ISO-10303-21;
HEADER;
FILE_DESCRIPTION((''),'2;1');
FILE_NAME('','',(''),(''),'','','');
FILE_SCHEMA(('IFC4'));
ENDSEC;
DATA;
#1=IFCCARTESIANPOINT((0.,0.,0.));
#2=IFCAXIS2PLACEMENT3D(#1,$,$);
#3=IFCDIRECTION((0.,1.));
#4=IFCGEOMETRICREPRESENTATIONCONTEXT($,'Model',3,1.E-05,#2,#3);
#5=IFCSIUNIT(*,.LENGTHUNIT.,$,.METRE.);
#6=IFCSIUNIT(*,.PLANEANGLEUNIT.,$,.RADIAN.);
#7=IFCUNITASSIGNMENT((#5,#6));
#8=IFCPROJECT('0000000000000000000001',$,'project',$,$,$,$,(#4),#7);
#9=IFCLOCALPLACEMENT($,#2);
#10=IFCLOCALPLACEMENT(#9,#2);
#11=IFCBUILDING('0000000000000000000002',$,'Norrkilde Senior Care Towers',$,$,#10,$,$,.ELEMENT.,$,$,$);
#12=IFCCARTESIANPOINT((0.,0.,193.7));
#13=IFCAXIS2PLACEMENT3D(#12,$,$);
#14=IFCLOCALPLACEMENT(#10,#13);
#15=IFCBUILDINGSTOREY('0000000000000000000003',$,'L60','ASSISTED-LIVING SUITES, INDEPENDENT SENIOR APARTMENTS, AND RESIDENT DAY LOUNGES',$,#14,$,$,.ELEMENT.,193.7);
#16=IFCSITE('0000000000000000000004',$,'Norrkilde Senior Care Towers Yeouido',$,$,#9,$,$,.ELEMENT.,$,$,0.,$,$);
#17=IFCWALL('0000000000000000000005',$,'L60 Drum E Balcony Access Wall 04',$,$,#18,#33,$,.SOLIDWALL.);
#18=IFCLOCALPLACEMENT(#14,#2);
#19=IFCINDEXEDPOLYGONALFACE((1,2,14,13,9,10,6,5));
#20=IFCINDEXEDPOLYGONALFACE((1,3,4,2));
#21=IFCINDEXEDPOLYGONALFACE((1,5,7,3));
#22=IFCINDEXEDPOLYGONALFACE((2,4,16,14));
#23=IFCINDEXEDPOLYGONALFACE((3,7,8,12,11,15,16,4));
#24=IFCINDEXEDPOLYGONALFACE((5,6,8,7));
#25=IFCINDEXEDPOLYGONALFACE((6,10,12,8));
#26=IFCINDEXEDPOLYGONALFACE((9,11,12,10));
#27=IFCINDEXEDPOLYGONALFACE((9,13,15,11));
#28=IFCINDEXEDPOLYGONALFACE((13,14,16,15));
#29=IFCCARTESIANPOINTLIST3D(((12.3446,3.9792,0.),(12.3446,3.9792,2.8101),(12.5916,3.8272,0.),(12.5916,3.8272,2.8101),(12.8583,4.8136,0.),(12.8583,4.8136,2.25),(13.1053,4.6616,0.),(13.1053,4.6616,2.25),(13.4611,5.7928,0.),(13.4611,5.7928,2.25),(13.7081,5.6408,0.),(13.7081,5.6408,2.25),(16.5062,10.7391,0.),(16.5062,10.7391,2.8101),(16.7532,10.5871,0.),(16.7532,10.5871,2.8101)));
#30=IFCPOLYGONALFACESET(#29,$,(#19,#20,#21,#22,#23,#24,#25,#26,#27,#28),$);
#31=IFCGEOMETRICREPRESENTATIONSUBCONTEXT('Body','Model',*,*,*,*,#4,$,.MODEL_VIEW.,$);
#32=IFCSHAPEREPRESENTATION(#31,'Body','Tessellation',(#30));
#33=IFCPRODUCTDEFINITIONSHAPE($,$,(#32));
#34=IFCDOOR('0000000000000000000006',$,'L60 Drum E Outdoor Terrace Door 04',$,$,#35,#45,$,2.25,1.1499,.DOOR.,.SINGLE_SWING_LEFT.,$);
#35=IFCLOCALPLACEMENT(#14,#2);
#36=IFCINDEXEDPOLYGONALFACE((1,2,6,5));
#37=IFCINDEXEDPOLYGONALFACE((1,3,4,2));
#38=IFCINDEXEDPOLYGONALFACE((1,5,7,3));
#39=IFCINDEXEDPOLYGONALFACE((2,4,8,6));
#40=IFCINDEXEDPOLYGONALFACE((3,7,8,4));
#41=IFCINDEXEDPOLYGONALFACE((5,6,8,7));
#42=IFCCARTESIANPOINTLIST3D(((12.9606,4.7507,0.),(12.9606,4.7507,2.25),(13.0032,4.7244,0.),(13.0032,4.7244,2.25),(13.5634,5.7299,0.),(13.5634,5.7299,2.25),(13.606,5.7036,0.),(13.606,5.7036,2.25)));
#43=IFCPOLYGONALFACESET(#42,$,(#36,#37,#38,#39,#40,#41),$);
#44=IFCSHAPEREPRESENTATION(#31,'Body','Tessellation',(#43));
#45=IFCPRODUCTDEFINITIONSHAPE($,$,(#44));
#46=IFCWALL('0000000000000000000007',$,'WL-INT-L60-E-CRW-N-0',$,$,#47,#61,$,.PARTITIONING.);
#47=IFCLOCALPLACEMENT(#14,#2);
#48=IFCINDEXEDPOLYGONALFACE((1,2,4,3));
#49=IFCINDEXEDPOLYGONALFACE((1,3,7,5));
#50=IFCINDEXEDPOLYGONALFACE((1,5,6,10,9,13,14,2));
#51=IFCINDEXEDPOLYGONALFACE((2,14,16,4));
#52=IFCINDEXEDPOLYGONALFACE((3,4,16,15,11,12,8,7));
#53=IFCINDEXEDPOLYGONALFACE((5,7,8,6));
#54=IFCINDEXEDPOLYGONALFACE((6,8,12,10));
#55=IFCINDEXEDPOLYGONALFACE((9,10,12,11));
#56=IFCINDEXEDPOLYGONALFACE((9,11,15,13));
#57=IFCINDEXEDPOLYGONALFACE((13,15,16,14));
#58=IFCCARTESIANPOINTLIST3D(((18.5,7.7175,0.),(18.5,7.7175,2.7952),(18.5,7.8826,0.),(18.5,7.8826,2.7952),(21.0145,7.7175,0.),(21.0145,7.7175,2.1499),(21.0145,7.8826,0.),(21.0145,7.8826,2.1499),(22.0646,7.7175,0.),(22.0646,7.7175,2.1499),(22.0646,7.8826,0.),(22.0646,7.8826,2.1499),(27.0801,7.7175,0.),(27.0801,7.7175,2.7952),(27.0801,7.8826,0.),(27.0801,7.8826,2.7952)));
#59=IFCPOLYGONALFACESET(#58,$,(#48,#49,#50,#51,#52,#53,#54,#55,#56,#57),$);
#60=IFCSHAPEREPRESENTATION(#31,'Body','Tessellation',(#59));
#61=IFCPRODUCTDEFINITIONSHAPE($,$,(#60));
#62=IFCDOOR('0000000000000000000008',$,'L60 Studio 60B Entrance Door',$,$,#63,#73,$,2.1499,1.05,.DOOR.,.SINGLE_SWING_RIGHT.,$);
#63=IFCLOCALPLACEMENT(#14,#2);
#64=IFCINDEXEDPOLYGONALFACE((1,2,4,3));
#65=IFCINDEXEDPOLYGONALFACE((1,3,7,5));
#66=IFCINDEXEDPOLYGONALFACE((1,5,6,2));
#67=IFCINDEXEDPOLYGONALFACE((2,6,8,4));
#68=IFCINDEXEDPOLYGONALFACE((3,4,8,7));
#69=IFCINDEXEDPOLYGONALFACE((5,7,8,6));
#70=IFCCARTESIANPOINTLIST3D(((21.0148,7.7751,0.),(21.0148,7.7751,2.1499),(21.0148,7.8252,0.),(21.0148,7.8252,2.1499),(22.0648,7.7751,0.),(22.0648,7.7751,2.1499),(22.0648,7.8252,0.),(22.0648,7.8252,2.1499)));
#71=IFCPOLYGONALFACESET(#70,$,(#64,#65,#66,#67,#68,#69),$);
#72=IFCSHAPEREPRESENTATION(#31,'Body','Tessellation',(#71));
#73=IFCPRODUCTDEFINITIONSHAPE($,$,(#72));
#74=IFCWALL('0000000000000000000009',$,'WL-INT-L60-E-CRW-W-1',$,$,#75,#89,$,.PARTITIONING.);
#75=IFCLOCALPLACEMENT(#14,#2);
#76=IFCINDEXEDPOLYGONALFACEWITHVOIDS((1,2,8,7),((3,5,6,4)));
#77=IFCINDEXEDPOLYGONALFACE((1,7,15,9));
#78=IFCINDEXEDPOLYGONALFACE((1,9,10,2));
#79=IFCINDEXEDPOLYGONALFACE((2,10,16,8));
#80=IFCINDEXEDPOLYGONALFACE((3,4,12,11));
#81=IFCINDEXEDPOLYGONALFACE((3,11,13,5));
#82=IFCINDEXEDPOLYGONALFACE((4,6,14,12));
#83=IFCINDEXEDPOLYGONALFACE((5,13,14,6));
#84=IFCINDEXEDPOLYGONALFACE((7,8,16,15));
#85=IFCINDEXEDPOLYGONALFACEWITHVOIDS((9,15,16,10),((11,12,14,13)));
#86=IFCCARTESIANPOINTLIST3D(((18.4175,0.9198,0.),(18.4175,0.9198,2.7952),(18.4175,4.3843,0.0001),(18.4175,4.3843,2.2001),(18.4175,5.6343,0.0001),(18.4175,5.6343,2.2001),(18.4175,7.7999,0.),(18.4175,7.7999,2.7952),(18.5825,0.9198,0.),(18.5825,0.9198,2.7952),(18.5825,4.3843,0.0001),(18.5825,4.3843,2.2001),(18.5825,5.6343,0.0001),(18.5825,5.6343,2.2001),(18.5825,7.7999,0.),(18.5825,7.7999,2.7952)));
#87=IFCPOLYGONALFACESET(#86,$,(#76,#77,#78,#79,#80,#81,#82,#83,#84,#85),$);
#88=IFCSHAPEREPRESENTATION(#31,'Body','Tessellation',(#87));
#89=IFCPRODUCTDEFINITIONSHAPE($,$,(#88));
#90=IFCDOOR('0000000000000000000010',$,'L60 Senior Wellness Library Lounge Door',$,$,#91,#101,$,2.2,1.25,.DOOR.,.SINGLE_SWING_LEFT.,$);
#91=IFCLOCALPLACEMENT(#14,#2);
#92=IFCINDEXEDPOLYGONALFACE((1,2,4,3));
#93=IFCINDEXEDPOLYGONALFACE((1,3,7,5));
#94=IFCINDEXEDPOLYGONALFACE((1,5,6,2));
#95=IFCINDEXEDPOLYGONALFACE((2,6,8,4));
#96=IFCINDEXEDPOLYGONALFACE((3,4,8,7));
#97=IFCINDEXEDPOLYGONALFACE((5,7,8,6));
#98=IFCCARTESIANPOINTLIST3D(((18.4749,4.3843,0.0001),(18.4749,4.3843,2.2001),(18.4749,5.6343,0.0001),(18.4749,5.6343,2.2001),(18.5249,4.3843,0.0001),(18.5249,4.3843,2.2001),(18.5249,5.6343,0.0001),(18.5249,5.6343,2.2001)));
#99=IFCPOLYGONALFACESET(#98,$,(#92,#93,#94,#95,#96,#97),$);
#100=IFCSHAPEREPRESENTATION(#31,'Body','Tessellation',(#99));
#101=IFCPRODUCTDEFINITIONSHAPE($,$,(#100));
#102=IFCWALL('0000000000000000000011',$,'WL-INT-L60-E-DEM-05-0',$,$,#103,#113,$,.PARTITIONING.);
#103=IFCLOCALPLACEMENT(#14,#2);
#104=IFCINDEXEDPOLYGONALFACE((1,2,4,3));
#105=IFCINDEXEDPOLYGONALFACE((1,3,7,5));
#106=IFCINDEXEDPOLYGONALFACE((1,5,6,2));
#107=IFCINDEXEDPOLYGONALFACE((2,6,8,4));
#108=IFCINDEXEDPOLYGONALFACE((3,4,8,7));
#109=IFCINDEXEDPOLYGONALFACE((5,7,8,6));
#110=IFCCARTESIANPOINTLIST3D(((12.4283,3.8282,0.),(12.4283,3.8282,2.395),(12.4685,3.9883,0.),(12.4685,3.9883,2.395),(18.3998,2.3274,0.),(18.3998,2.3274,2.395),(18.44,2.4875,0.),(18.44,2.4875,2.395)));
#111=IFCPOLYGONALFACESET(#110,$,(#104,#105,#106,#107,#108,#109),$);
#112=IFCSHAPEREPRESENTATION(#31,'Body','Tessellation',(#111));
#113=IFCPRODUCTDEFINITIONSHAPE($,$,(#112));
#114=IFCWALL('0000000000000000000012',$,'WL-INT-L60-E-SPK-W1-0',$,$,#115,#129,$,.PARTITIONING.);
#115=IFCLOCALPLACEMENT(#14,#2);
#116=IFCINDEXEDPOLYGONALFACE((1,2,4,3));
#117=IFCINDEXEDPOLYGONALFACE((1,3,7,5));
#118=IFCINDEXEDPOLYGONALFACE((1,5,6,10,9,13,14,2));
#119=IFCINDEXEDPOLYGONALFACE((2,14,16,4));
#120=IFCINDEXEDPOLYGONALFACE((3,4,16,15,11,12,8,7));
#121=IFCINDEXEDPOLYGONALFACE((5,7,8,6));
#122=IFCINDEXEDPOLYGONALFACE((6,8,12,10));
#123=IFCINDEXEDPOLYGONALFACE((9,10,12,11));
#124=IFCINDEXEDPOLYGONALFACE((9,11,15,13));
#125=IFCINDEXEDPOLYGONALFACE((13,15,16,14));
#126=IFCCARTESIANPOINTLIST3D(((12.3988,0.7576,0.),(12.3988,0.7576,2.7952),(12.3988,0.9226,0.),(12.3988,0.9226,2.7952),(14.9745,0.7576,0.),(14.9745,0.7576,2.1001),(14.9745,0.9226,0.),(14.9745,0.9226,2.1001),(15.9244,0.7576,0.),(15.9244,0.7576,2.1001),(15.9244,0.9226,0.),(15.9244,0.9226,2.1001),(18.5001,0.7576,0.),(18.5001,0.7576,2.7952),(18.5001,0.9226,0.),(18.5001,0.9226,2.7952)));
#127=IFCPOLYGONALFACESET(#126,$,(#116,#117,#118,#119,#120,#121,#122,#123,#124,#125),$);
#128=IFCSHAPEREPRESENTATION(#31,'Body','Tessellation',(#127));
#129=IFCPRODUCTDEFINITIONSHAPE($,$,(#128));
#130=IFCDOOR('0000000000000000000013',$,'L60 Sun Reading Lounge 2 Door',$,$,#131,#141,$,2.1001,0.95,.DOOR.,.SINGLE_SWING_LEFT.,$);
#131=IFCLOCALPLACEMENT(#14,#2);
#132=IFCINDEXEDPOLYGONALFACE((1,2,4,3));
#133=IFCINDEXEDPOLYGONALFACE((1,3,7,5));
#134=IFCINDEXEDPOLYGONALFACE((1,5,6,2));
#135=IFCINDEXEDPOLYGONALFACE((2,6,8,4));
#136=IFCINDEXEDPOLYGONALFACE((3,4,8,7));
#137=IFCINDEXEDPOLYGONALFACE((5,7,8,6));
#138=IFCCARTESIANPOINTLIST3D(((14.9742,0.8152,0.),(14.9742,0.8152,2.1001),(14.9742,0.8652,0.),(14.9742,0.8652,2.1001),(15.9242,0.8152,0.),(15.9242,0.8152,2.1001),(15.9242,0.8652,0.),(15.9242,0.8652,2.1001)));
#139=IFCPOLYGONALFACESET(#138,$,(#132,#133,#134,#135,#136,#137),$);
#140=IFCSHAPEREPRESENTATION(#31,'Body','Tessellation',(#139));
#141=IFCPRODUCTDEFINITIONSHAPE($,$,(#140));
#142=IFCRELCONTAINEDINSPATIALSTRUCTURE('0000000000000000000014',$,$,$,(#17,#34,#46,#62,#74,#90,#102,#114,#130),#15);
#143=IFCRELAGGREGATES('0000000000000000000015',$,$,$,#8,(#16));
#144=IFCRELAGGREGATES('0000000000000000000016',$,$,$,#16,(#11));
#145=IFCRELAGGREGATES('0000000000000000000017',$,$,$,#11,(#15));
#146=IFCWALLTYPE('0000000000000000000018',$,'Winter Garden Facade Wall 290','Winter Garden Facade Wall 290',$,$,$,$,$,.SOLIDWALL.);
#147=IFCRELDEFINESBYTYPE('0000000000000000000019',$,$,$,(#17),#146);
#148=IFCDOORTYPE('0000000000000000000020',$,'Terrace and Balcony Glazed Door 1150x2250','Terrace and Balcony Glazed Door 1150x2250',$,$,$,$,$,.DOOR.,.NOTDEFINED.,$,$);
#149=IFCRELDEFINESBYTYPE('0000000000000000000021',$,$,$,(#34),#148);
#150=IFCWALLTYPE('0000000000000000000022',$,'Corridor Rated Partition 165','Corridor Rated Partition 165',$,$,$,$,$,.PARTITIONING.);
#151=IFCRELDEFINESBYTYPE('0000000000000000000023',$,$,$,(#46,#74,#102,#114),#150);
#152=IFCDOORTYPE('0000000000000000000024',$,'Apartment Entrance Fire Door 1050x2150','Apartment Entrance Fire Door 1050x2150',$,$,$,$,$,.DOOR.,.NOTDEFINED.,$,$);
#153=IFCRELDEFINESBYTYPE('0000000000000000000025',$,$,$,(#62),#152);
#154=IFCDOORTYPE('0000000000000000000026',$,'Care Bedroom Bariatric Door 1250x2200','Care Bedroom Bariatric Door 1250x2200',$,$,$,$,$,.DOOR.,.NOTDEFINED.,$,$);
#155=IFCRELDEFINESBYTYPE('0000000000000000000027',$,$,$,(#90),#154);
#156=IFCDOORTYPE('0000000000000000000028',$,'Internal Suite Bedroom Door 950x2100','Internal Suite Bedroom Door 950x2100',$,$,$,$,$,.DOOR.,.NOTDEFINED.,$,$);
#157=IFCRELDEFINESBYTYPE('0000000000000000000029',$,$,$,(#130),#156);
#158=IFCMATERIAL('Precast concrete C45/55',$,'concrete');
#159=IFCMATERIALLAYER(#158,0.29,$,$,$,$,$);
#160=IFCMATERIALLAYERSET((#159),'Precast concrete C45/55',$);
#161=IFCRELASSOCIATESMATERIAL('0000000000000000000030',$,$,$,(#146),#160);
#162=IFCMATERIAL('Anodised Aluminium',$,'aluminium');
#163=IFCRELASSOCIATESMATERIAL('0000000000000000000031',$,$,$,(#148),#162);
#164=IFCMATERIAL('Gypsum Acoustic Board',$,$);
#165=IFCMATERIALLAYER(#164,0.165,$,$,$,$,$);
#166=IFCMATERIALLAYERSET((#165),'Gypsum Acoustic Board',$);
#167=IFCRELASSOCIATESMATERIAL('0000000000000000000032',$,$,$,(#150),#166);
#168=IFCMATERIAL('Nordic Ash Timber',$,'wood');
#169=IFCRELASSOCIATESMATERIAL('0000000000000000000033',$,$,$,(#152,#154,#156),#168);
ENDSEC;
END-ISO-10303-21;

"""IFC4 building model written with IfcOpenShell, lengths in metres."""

from ifc_helpers import new_model, si_unit, direction, frame, frame_2d, origin, place, context, subcontext, project, spatial, rectangle, extrude, source, transform, mapped, material, layer, layer_set, type_object, type_shapes, element, fill, save


model = new_model("IFC4")

# Units and contexts
model_context = context("Model", 3, precision=1e-05, world=origin(), true_north=direction((0.0, 1.0)))
body_context = subcontext(model_context, "Body", "Model", "MODEL_VIEW")
ifc_project = project(units=[si_unit("LENGTHUNIT", "METRE"), si_unit("PLANEANGLEUNIT", "RADIAN")], contexts=[model_context])

# Site, building, storey
site_placement = place(None, origin())
site = spatial("IfcSite", under=ifc_project, at=site_placement, Name="Norrkilde Senior Care Towers Yeouido", CompositionType="ELEMENT", RefElevation=0.0)
building_placement = place(site_placement, origin())
building = spatial("IfcBuilding", under=site, at=building_placement, Name="Norrkilde Senior Care Towers", CompositionType="ELEMENT")
storey_placement = place(building_placement, frame((0.0, 0.0, 193.7)))
storey = spatial("IfcBuildingStorey", under=building, at=storey_placement, Name="L60", Description="ASSISTED-LIVING SUITES, INDEPENDENT SENIOR APARTMENTS, AND RESIDENT DAY LOUNGES", CompositionType="ELEMENT", Elevation=193.7)

# Shared definitions
ifc_material_1 = material(Name="Anodised Aluminium", Category="aluminium")

# Walls, openings, doors
ifc_material_2 = material(Name="Precast concrete C45/55", Category="concrete")
ifc_layer_1 = layer(ifc_material_2, 0.29)
ifc_layer_set_1 = layer_set([ifc_layer_1], Name="Precast concrete C45/55")
wall_type_1 = type_object("IfcWallType", Name="Winter Garden Facade Wall 290", Description="Winter Garden Facade Wall 290", PredefinedType="SOLIDWALL", material=ifc_layer_set_1)
shared_shape_1 = source(origin(), body_context, "Body", "SweptSolid", [
    extrude(rectangle(XDim=7.9382, YDim=0.29, at=frame_2d((3.9692, 0.0))), origin(), (0.0, 0.0, 1.0), 2.8101),
])
type_shapes(wall_type_1, [shared_shape_1])
wall_1_placement = place(storey_placement, frame((12.468, 3.9031, 0.0), z_axis=(0.0, 0.0, 1.0), x_axis=(0.524245, 0.851567, 0.0)))
wall_1 = element("IfcWall", 1, at=wall_1_placement, inside=storey, type_object=wall_type_1, Name="L60 Drum E Balcony Access Wall 04", PredefinedType="SOLIDWALL", context=body_context, shape_type="MappedRepresentation", body=[
    mapped(shared_shape_1, transform((0.0, 0.0, 0.0), x_axis=(1.0, 0.0, 0.0), y_axis=(0.0, 1.0, 0.0), z_axis=(0.0, 0.0, 1.0), scale=1.0)),
])
opening_1_placement = place(wall_1_placement, frame((0.98, 0.0, 0.0)))
opening_1 = element("IfcOpeningElement", 2, at=opening_1_placement, cuts=wall_1, PredefinedType="OPENING", context=body_context, shape_type="SweptSolid", body=[
    extrude(rectangle(XDim=1.1499, YDim=2.25, at=frame_2d((0.575, 1.125))), frame((0.0, 0.155, 0.0), z_axis=(0.0, -1.0, 0.0), x_axis=(1.0, 0.0, 0.0)), (0.0, 0.0, 1.0), 0.3101),
])
door_type_1 = type_object("IfcDoorType", Name="Terrace and Balcony Glazed Door 1150x2250", Description="Terrace and Balcony Glazed Door 1150x2250", OperationType="NOTDEFINED", PredefinedType="DOOR", material=ifc_material_1)
shared_shape_2 = source(origin(), body_context, "Body", "SweptSolid", [
    extrude(rectangle(XDim=1.1499, YDim=2.25, at=frame_2d((0.575, 1.125))), frame((0.0, 0.0249, 0.0), z_axis=(0.0, -1.0, 0.0), x_axis=(1.0, 0.0, 0.0)), (0.0, 0.0, 1.0), 0.05),
])
type_shapes(door_type_1, [shared_shape_2])
door_1_placement = place(opening_1_placement, origin())
door_1 = element("IfcDoor", 3, at=door_1_placement, inside=storey, type_object=door_type_1, Name="L60 Drum E Outdoor Terrace Door 04", OperationType="SINGLE_SWING_LEFT", OverallHeight=2.25, OverallWidth=1.1499, PredefinedType="DOOR", context=body_context, shape_type="MappedRepresentation", body=[
    mapped(shared_shape_2, transform((0.0, 0.0, 0.0), x_axis=(1.0, 0.0, 0.0), y_axis=(0.0, 1.0, 0.0), z_axis=(0.0, 0.0, 1.0), scale=1.0)),
])
fill(opening_1, door_1)
ifc_material_3 = material(Name="Gypsum Acoustic Board")
ifc_layer_2 = layer(ifc_material_3, 0.165)
ifc_layer_set_2 = layer_set([ifc_layer_2], Name="Gypsum Acoustic Board")
wall_type_2 = type_object("IfcWallType", Name="Corridor Rated Partition 165", Description="Corridor Rated Partition 165", PredefinedType="PARTITIONING", material=ifc_layer_set_2)
shared_shape_3 = source(origin(), body_context, "Body", "SweptSolid", [
    extrude(rectangle(XDim=8.5801, YDim=0.165, at=frame_2d((4.29, 0.0))), origin(), (0.0, 0.0, 1.0), 2.7952),
])
wall_2_placement = place(storey_placement, frame((18.5, 7.8, 0.0), z_axis=(0.0, 0.0, 1.0), x_axis=(1.0, 0.0, 0.0)))
wall_2 = element("IfcWall", 4, at=wall_2_placement, inside=storey, type_object=wall_type_2, Name="WL-INT-L60-E-CRW-N-0", PredefinedType="PARTITIONING", context=body_context, shape_type="MappedRepresentation", body=[
    mapped(shared_shape_3, transform((0.0, 0.0, 0.0), x_axis=(1.0, 0.0, 0.0), y_axis=(0.0, 1.0, 0.0), z_axis=(0.0, 0.0, 1.0), scale=1.0)),
])
opening_2_placement = place(wall_2_placement, frame((2.5146, 0.0, 0.0)))
opening_2 = element("IfcOpeningElement", 5, at=opening_2_placement, cuts=wall_2, PredefinedType="OPENING", context=body_context, shape_type="SweptSolid", body=[
    extrude(rectangle(XDim=1.05, YDim=2.1499, at=frame_2d((0.5249, 1.075))), frame((0.0, 0.0925, 0.0), z_axis=(0.0, -1.0, 0.0), x_axis=(1.0, 0.0, 0.0)), (0.0, 0.0, 1.0), 0.1851),
])
ifc_material_4 = material(Name="Nordic Ash Timber", Category="wood")
door_type_2 = type_object("IfcDoorType", Name="Apartment Entrance Fire Door 1050x2150", Description="Apartment Entrance Fire Door 1050x2150", OperationType="NOTDEFINED", PredefinedType="DOOR", material=ifc_material_4)
shared_shape_4 = source(origin(), body_context, "Body", "SweptSolid", [
    extrude(rectangle(XDim=1.05, YDim=2.1499, at=frame_2d((0.5249, 1.075))), frame((0.0, 0.0249, 0.0), z_axis=(0.0, -1.0, 0.0), x_axis=(1.0, 0.0, 0.0)), (0.0, 0.0, 1.0), 0.05),
])
type_shapes(door_type_2, [shared_shape_4])
door_2_placement = place(opening_2_placement, frame((1.05, 0.0, 0.0), z_axis=(0.0, 0.0, 1.0), x_axis=(-1.0, 0.0, 0.0)))
door_2 = element("IfcDoor", 6, at=door_2_placement, inside=storey, type_object=door_type_2, Name="L60 Studio 60B Entrance Door", OperationType="SINGLE_SWING_RIGHT", OverallHeight=2.1499, OverallWidth=1.05, PredefinedType="DOOR", context=body_context, shape_type="MappedRepresentation", body=[
    mapped(shared_shape_4, transform((0.0, 0.0, 0.0), x_axis=(1.0, 0.0, 0.0), y_axis=(0.0, 1.0, 0.0), z_axis=(0.0, 0.0, 1.0), scale=1.0)),
])
fill(opening_2, door_2)
shared_shape_5 = source(origin(), body_context, "Body", "SweptSolid", [
    extrude(rectangle(XDim=6.8801, YDim=0.165, at=frame_2d((3.4399, 0.0))), origin(), (0.0, 0.0, 1.0), 2.7952),
])
wall_3_placement = place(storey_placement, frame((18.5, 0.9199, 0.0), z_axis=(0.0, 0.0, 1.0), x_axis=(0.0, 1.0, 0.0)))
wall_3 = element("IfcWall", 7, at=wall_3_placement, inside=storey, type_object=wall_type_2, Name="WL-INT-L60-E-CRW-W-1", PredefinedType="PARTITIONING", context=body_context, shape_type="MappedRepresentation", body=[
    mapped(shared_shape_5, transform((0.0, 0.0, 0.0), x_axis=(1.0, 0.0, 0.0), y_axis=(0.0, 1.0, 0.0), z_axis=(0.0, 0.0, 1.0), scale=1.0)),
])
opening_3_placement = place(wall_3_placement, frame((3.4644, 0.0, 0.0)))
opening_3 = element("IfcOpeningElement", 8, at=opening_3_placement, cuts=wall_3, PredefinedType="OPENING", context=body_context, shape_type="SweptSolid", body=[
    extrude(rectangle(XDim=1.25, YDim=2.2, at=frame_2d((0.625, 1.1001))), frame((0.0, 0.0925, 0.0), z_axis=(0.0, -1.0, 0.0), x_axis=(1.0, 0.0, 0.0)), (0.0, 0.0, 1.0), 0.1851),
])
door_type_3 = type_object("IfcDoorType", Name="Care Bedroom Bariatric Door 1250x2200", Description="Care Bedroom Bariatric Door 1250x2200", OperationType="NOTDEFINED", PredefinedType="DOOR", material=ifc_material_4)
shared_shape_6 = source(origin(), body_context, "Body", "SweptSolid", [
    extrude(rectangle(XDim=1.25, YDim=2.2, at=frame_2d((0.625, 1.1001))), frame((0.0, 0.0249, 0.0), z_axis=(0.0, -1.0, 0.0), x_axis=(1.0, 0.0, 0.0)), (0.0, 0.0, 1.0), 0.05),
])
type_shapes(door_type_3, [shared_shape_6])
door_3_placement = place(opening_3_placement, frame((1.25, 0.0, 0.0), z_axis=(0.0, 0.0, 1.0), x_axis=(-1.0, 0.0, 0.0)))
door_3 = element("IfcDoor", 9, at=door_3_placement, inside=storey, type_object=door_type_3, Name="L60 Senior Wellness Library Lounge Door", OperationType="SINGLE_SWING_LEFT", OverallHeight=2.2, OverallWidth=1.25, PredefinedType="DOOR", context=body_context, shape_type="MappedRepresentation", body=[
    mapped(shared_shape_6, transform((0.0, 0.0, 0.0), x_axis=(1.0, 0.0, 0.0), y_axis=(0.0, 1.0, 0.0), z_axis=(0.0, 0.0, 1.0), scale=1.0)),
])
fill(opening_3, door_3)

# Wall
shared_shape_7 = source(origin(), body_context, "Body", "SweptSolid", [
    extrude(rectangle(XDim=6.1572, YDim=0.165, at=frame_2d((3.0786, 0.0))), origin(), (0.0, 0.0, 1.0), 2.395),
])
wall_4_placement = place(storey_placement, frame((18.4199, 2.4075, 0.0), z_axis=(0.0, 0.0, 1.0), x_axis=(-0.969841, 0.243739, 0.0)))
element("IfcWall", 10, at=wall_4_placement, inside=storey, type_object=wall_type_2, Name="WL-INT-L60-E-DEM-05-0", PredefinedType="PARTITIONING", context=body_context, shape_type="MappedRepresentation", body=[
    mapped(shared_shape_7, transform((0.0, 0.0, 0.0), x_axis=(1.0, 0.0, 0.0), y_axis=(0.0, 1.0, 0.0), z_axis=(0.0, 0.0, 1.0), scale=1.0)),
])

# Wall, opening, door
shared_shape_8 = source(origin(), body_context, "Body", "SweptSolid", [
    extrude(rectangle(XDim=6.1013, YDim=0.165, at=frame_2d((3.0508, 0.0))), origin(), (0.0, 0.0, 1.0), 2.7952),
])
type_shapes(wall_type_2, [shared_shape_3, shared_shape_5, shared_shape_7, shared_shape_8])
wall_5_placement = place(storey_placement, frame((12.3987, 0.8401, 0.0), z_axis=(0.0, 0.0, 1.0), x_axis=(1.0, 0.0, 0.0)))
wall_5 = element("IfcWall", 11, at=wall_5_placement, inside=storey, type_object=wall_type_2, Name="WL-INT-L60-E-SPK-W1-0", PredefinedType="PARTITIONING", context=body_context, shape_type="MappedRepresentation", body=[
    mapped(shared_shape_8, transform((0.0, 0.0, 0.0), x_axis=(1.0, 0.0, 0.0), y_axis=(0.0, 1.0, 0.0), z_axis=(0.0, 0.0, 1.0), scale=1.0)),
])
opening_4_placement = place(wall_5_placement, frame((2.5757, 0.0, 0.0)))
opening_4 = element("IfcOpeningElement", 12, at=opening_4_placement, cuts=wall_5, PredefinedType="OPENING", context=body_context, shape_type="SweptSolid", body=[
    extrude(rectangle(XDim=0.95, YDim=2.1001, at=frame_2d((0.4751, 1.05))), frame((0.0, 0.0925, 0.0), z_axis=(0.0, -1.0, 0.0), x_axis=(1.0, 0.0, 0.0)), (0.0, 0.0, 1.0), 0.1851),
])
door_type_4 = type_object("IfcDoorType", Name="Internal Suite Bedroom Door 950x2100", Description="Internal Suite Bedroom Door 950x2100", OperationType="NOTDEFINED", PredefinedType="DOOR", material=ifc_material_4)
shared_shape_9 = source(origin(), body_context, "Body", "SweptSolid", [
    extrude(rectangle(XDim=0.95, YDim=2.1001, at=frame_2d((0.4751, 1.05))), frame((0.0, 0.0249, 0.0), z_axis=(0.0, -1.0, 0.0), x_axis=(1.0, 0.0, 0.0)), (0.0, 0.0, 1.0), 0.05),
])
type_shapes(door_type_4, [shared_shape_9])
door_4_placement = place(opening_4_placement, frame((0.95, 0.0, 0.0), z_axis=(0.0, 0.0, 1.0), x_axis=(-1.0, 0.0, 0.0)))
door_4 = element("IfcDoor", 13, at=door_4_placement, inside=storey, type_object=door_type_4, Name="L60 Sun Reading Lounge 2 Door", OperationType="SINGLE_SWING_LEFT", OverallHeight=2.1001, OverallWidth=0.95, PredefinedType="DOOR", context=body_context, shape_type="MappedRepresentation", body=[
    mapped(shared_shape_9, transform((0.0, 0.0, 0.0), x_axis=(1.0, 0.0, 0.0), y_axis=(0.0, 1.0, 0.0), z_axis=(0.0, 0.0, 1.0), scale=1.0)),
])
fill(opening_4, door_4)

save(model, "model.ifc")
